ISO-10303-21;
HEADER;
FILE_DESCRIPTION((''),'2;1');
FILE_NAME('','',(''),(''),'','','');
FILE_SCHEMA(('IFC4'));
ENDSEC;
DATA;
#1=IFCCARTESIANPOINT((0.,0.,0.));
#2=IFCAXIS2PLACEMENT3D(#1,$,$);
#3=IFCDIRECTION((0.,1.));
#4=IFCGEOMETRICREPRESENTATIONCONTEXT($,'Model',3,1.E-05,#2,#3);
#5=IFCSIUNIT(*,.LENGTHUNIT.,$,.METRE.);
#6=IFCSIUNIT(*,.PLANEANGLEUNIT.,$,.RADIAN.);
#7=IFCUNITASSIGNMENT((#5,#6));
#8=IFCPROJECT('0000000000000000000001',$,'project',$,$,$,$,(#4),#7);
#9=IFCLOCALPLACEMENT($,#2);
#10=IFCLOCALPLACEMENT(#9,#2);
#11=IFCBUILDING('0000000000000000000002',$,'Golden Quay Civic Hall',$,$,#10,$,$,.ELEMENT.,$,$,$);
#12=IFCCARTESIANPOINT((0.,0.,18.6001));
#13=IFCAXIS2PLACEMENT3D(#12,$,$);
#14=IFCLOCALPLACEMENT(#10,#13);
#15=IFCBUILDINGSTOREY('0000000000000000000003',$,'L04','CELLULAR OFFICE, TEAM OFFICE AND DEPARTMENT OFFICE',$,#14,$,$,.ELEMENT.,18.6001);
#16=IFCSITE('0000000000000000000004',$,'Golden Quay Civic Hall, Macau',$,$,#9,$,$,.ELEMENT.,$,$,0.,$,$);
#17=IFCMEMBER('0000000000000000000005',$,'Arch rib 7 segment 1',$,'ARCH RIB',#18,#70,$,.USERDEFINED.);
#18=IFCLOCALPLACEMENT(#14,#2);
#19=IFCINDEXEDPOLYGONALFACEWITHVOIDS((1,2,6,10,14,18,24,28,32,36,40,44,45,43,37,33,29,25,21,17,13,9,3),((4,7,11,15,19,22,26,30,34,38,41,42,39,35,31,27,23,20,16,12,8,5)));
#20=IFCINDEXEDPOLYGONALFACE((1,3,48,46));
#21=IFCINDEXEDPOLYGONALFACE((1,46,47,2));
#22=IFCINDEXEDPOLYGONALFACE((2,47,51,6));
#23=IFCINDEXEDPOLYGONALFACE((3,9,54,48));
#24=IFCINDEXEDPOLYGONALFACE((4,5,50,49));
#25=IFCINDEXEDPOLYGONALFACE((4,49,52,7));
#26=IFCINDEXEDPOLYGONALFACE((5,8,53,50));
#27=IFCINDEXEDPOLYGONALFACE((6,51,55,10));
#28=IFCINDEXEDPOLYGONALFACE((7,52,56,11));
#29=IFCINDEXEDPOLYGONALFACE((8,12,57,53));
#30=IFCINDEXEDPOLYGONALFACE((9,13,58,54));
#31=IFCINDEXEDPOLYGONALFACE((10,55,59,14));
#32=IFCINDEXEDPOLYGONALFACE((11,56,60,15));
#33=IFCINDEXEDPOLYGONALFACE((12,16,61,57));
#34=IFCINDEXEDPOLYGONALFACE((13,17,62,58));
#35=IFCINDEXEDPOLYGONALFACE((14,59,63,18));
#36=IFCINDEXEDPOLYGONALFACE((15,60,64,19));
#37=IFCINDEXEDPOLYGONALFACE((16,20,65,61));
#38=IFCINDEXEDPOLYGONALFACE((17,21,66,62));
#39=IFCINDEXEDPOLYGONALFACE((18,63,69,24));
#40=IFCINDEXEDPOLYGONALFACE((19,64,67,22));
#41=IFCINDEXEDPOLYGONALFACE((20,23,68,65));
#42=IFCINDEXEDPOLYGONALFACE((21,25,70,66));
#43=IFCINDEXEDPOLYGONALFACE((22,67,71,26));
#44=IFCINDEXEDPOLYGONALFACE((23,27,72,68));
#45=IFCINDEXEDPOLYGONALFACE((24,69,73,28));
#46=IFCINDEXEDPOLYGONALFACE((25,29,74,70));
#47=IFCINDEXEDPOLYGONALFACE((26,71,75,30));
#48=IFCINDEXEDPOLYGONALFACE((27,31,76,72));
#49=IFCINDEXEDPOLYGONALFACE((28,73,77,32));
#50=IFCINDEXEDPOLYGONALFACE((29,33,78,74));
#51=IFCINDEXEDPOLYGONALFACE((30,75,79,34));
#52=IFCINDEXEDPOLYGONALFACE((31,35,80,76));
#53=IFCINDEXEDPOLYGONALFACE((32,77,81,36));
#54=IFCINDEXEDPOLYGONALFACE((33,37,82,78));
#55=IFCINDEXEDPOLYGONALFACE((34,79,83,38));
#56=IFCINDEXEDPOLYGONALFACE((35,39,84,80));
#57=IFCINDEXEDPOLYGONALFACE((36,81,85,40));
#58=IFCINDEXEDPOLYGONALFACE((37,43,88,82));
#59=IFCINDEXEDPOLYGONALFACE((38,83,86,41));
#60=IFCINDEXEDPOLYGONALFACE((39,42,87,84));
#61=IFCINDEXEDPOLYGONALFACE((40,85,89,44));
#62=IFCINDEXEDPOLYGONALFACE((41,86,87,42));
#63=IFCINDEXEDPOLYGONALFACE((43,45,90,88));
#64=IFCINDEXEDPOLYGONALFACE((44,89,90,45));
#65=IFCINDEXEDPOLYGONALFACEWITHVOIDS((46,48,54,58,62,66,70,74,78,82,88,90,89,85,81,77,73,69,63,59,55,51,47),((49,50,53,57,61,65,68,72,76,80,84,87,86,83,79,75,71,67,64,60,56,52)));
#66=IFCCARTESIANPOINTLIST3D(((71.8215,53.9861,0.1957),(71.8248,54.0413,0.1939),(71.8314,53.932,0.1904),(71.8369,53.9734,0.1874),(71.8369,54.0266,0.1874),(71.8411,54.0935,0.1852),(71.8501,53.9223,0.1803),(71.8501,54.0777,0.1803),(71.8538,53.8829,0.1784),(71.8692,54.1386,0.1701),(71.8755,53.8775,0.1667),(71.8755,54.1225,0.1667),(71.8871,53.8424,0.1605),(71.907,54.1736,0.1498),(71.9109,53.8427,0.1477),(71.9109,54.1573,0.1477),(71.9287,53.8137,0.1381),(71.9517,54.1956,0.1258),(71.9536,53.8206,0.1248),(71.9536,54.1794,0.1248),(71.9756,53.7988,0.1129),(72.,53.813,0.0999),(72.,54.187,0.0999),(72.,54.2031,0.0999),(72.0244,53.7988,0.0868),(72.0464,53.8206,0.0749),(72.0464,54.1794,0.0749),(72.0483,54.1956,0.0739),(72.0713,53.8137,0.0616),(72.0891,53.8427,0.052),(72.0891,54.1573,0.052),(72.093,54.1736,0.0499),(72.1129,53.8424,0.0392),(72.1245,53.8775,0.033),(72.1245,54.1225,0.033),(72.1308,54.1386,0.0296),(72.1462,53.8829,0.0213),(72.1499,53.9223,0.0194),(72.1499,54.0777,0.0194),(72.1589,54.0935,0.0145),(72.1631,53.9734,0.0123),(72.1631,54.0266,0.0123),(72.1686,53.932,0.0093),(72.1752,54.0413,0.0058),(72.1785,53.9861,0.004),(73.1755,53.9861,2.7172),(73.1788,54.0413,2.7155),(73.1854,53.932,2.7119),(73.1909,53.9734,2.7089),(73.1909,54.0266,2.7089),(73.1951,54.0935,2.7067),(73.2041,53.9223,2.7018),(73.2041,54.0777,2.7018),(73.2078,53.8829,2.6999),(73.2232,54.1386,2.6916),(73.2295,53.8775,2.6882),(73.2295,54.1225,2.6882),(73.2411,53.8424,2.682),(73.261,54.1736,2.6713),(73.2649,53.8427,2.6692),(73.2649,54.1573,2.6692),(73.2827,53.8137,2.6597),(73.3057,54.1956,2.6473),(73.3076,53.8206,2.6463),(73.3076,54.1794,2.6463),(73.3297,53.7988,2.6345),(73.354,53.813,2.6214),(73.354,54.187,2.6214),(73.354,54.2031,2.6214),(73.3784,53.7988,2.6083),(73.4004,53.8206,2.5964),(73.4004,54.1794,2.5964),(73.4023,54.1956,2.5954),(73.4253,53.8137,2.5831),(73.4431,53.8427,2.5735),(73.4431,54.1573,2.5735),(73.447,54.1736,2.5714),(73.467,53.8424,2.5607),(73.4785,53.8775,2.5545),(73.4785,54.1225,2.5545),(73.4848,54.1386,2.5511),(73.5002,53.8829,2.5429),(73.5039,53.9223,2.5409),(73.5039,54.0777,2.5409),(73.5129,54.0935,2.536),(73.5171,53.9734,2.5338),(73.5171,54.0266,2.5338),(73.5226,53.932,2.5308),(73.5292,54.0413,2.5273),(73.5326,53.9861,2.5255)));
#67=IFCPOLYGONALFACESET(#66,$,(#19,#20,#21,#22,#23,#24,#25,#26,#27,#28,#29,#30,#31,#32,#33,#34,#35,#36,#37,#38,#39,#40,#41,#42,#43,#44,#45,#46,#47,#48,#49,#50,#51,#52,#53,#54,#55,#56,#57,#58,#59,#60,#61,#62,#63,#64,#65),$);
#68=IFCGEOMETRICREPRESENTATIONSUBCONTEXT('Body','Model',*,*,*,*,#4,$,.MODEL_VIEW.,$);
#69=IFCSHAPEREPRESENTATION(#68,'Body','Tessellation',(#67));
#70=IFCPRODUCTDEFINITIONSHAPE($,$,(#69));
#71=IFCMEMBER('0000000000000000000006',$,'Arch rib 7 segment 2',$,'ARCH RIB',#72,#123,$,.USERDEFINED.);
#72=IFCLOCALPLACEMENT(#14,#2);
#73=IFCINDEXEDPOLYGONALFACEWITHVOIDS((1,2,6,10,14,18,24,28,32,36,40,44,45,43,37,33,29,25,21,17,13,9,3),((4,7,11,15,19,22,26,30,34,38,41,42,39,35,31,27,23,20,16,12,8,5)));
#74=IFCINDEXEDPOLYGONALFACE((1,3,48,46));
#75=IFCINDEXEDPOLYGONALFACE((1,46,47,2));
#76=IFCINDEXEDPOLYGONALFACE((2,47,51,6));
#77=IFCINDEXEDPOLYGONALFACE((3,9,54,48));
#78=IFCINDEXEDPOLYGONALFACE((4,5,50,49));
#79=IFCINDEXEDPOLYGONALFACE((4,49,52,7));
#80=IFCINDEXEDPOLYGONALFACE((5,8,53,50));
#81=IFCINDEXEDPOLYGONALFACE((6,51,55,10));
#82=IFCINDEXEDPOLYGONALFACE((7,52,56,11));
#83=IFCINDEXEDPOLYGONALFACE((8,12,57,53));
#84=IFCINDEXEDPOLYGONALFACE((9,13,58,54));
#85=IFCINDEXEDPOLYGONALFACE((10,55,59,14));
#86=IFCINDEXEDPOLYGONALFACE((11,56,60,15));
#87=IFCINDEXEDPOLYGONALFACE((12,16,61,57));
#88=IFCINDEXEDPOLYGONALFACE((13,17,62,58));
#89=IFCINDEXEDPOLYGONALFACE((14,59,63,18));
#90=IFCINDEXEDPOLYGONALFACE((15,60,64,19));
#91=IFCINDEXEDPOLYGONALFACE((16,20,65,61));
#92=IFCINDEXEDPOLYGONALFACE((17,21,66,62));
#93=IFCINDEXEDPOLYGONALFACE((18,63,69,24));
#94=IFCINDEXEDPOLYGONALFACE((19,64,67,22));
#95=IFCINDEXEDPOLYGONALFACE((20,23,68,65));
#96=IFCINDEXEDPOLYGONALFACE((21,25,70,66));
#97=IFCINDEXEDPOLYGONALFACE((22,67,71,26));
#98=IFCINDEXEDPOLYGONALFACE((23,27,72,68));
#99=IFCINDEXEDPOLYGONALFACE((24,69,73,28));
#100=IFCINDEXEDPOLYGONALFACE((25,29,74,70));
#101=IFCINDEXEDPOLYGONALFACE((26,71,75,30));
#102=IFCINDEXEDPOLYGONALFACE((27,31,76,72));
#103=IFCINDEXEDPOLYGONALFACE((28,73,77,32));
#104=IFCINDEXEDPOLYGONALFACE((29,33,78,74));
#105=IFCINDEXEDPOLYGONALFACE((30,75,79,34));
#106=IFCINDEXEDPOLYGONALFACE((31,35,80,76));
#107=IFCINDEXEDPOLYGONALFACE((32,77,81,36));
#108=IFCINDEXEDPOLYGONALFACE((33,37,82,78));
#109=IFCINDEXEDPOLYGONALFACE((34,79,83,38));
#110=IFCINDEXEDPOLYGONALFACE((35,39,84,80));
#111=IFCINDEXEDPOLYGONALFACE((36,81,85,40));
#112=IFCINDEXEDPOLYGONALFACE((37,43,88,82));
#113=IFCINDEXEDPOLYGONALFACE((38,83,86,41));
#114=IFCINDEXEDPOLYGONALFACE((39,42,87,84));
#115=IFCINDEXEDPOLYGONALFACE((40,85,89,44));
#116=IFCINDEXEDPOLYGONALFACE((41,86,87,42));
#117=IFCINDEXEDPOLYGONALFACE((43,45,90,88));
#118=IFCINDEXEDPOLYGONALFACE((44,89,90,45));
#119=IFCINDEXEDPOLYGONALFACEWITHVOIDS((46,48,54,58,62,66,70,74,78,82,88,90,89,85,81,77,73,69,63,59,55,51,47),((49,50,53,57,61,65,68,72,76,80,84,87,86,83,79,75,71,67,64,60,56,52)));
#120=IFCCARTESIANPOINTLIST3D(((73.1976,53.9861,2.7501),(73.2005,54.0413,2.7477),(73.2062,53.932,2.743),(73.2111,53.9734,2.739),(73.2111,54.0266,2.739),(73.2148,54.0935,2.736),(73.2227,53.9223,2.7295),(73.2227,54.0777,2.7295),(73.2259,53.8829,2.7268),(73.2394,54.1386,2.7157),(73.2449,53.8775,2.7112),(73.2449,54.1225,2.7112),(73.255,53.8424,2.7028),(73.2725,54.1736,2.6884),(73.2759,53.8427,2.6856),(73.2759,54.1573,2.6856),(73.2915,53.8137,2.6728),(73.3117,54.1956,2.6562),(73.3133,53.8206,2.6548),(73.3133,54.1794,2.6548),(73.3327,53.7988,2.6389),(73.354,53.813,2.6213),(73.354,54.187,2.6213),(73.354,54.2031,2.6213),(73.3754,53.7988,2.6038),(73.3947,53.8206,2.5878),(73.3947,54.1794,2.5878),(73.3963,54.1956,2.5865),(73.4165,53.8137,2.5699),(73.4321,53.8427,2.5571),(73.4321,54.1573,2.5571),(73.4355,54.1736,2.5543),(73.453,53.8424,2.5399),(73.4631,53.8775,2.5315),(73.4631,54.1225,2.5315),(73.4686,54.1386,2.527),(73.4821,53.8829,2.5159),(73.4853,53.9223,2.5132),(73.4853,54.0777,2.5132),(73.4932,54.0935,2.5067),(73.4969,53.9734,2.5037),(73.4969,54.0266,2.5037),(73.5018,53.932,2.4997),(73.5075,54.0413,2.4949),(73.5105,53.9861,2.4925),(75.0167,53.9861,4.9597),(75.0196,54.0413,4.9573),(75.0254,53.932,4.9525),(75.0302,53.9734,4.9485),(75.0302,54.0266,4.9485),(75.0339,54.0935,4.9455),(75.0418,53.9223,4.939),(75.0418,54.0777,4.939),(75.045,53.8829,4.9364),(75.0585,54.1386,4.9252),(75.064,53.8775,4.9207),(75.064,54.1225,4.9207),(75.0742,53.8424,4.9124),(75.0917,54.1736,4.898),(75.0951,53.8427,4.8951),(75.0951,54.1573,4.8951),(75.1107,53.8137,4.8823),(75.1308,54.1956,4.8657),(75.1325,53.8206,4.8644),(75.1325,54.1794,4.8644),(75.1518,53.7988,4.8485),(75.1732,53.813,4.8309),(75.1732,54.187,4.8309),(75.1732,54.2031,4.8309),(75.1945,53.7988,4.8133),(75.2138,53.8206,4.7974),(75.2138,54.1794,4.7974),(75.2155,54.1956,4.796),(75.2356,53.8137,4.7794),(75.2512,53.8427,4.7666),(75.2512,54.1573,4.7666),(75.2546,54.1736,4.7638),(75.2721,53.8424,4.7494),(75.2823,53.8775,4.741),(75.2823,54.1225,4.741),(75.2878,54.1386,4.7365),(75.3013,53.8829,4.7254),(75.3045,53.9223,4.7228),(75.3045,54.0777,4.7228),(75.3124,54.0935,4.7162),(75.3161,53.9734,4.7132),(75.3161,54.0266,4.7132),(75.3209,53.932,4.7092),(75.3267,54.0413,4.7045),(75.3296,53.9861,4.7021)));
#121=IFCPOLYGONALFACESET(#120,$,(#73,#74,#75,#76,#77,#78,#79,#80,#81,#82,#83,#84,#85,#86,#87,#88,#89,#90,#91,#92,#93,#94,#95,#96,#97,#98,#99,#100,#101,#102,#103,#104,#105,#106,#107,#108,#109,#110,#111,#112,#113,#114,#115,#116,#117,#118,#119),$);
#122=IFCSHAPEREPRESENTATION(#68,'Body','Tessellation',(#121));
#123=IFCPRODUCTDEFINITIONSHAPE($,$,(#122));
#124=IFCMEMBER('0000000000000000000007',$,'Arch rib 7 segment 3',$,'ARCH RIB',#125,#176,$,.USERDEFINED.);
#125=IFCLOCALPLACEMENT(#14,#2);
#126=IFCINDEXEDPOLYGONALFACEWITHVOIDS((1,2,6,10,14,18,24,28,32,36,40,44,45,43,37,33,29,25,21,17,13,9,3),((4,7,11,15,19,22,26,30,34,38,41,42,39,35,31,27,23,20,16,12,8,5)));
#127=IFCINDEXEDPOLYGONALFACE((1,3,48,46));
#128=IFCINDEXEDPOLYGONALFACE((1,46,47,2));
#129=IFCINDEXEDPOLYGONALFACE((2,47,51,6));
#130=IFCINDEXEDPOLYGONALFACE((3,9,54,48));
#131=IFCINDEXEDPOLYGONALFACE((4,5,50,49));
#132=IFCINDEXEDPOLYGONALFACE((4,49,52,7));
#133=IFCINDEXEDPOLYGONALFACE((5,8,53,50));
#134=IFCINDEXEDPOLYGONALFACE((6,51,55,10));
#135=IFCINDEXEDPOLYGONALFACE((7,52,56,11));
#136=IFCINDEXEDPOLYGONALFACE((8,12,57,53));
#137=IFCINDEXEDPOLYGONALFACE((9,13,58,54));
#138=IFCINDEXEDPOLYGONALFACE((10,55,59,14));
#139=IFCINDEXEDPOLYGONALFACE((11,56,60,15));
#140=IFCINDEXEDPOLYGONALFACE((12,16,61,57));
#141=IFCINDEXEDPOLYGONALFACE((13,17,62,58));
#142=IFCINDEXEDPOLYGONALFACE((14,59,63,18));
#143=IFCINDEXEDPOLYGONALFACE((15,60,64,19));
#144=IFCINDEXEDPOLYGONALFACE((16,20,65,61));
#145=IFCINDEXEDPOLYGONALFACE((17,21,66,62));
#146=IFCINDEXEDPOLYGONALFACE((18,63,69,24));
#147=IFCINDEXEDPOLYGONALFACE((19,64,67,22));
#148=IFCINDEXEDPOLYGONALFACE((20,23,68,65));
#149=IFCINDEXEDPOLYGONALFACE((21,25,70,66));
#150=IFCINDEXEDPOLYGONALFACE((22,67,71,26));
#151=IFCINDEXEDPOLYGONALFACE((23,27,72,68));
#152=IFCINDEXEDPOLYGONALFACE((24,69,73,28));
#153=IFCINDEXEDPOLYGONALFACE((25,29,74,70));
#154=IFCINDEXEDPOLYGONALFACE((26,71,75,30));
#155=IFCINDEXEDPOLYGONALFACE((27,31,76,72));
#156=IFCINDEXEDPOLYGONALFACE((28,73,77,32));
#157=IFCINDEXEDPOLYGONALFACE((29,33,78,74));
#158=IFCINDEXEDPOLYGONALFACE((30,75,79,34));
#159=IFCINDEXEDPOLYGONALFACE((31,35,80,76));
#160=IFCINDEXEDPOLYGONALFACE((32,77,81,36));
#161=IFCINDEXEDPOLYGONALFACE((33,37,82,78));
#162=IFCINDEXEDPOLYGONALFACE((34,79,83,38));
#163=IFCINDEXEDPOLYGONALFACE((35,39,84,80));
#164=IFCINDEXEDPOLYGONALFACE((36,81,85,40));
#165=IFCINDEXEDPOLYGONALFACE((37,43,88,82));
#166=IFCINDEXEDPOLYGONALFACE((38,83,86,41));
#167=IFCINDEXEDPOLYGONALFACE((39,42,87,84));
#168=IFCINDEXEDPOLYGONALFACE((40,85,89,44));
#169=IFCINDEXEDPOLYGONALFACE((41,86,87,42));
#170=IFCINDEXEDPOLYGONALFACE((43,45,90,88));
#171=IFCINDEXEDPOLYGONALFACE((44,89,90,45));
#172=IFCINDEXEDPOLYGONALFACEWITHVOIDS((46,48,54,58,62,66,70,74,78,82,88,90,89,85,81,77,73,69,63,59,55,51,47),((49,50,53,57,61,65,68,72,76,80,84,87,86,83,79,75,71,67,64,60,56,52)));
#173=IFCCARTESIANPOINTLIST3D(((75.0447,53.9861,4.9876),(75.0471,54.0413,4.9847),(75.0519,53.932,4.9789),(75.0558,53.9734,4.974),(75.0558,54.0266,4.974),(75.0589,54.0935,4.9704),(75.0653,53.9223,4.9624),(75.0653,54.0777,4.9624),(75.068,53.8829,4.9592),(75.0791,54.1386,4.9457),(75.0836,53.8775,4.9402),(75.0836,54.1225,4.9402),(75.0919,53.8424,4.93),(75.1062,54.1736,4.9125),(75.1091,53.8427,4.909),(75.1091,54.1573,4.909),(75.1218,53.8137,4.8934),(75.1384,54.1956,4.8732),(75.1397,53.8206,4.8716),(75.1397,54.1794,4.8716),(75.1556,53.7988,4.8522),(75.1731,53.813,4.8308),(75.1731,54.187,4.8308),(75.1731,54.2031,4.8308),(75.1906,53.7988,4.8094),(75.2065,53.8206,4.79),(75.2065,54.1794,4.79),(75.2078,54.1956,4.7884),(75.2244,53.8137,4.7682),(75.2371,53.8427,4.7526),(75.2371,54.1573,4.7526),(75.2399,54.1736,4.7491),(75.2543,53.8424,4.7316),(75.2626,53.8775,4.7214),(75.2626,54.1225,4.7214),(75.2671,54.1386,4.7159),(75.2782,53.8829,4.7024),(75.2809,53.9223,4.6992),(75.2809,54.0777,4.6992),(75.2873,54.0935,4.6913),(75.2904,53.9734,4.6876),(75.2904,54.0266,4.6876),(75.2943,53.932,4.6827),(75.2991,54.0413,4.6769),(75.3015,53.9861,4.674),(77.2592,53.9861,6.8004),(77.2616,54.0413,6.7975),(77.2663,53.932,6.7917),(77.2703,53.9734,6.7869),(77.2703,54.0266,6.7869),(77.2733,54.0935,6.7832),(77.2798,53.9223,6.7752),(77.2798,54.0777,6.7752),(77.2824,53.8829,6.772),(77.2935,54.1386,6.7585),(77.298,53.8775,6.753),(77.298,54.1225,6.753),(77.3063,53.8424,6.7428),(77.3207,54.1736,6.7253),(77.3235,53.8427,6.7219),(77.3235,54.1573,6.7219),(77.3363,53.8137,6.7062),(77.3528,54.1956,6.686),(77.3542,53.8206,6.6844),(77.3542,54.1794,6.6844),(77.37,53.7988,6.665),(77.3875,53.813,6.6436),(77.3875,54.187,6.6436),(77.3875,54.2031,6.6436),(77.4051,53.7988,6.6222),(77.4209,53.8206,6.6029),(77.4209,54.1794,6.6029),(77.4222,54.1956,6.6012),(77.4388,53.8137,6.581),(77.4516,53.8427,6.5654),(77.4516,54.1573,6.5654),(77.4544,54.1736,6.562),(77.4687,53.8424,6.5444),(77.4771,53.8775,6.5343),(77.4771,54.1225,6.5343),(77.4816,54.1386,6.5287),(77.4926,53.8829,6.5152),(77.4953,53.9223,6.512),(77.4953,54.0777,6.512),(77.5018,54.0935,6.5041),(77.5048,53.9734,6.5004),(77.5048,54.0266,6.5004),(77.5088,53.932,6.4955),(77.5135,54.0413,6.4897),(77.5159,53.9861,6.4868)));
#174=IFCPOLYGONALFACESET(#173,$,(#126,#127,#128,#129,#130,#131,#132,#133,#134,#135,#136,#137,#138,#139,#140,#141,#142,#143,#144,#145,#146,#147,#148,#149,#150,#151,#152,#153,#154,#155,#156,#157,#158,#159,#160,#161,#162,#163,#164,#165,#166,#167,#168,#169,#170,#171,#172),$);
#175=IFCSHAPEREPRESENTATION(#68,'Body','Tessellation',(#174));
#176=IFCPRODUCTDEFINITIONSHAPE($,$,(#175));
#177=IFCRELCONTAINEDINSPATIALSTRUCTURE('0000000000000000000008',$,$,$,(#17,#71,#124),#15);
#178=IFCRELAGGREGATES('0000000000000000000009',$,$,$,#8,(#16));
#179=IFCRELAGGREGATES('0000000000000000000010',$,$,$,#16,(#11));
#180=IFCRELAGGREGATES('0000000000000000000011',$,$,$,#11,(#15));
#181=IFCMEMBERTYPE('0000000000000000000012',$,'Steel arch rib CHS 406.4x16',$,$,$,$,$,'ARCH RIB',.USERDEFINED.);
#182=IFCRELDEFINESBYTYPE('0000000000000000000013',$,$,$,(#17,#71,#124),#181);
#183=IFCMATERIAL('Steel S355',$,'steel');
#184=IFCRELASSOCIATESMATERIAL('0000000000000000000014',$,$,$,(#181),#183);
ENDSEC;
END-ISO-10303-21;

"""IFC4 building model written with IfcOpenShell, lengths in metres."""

from ifc_helpers import new_model, si_unit, direction, frame, origin, origin_2d, place, context, subcontext, project, spatial, hollow_circle, extrude, material, material_profile, profile_set, type_object, element, save


model = new_model("IFC4")

# Units and contexts
model_context = context("Model", 3, precision=1e-05, world=origin(), true_north=direction((0.0, 1.0)))
body_context = subcontext(model_context, "Body", "Model", "MODEL_VIEW")
ifc_project = project(units=[si_unit("LENGTHUNIT", "METRE"), si_unit("PLANEANGLEUNIT", "RADIAN")], contexts=[model_context])

# Site, building, storey
site_placement = place(None, origin())
site = spatial("IfcSite", under=ifc_project, at=site_placement, Name="Golden Quay Civic Hall, Macau", CompositionType="ELEMENT", RefElevation=0.0)
building_placement = place(site_placement, origin())
building = spatial("IfcBuilding", under=site, at=building_placement, Name="Golden Quay Civic Hall", CompositionType="ELEMENT")
storey_placement = place(building_placement, frame((0.0, 0.0, 18.6001)))
storey = spatial("IfcBuildingStorey", under=building, at=storey_placement, Name="L04", Description="CELLULAR OFFICE, TEAM OFFICE AND DEPARTMENT OFFICE", CompositionType="ELEMENT", Elevation=18.6001)

# Members
ifc_material_1 = material(Name="Steel S355", Category="steel")
ifc_material_profile_1 = material_profile(ifc_material_1, hollow_circle(Radius=0.2031, WallThickness=0.0161, at=origin_2d()), Name="CHS 406.4x16")
ifc_profile_set_1 = profile_set([ifc_material_profile_1], Name="Steel S355")
member_type_1 = type_object("IfcMemberType", Name="Steel arch rib CHS 406.4x16", ElementType="ARCH RIB", PredefinedType="USERDEFINED", material=ifc_profile_set_1)
for number, where, z_axis, x_axis, name in (
    (1, (72.0, 54.0, 0.0999), (0.473092, 0.0, 0.881013), (0.0, 1.0, 0.0), "Arch rib 7 segment 1"),
    (2, (73.354, 54.0, 2.6213), (0.635609, 0.0, 0.772011), (0.0, 1.0, 0.0), "Arch rib 7 segment 2"),
):
    element("IfcMember", number, at=place(storey_placement, frame(where, z_axis=z_axis, x_axis=x_axis)), inside=storey, type_object=member_type_1, Name=name, ObjectType="ARCH RIB", PredefinedType="USERDEFINED", context=body_context, shape_type="SweptSolid", body=[
        extrude(hollow_circle(Radius=0.2031, WallThickness=0.0161, at=origin_2d()), origin(), (0.0, 0.0, 1.0), 2.8621),
    ])
for number, where, z_axis, x_axis, name in (
    (3, (75.1731, 54.0, 4.8308), (0.773786, 0.0, 0.633447), (0.0, 1.0, 0.0), "Arch rib 7 segment 3"),
):
    element("IfcMember", number, at=place(storey_placement, frame(where, z_axis=z_axis, x_axis=x_axis)), inside=storey, type_object=member_type_1, Name=name, ObjectType="ARCH RIB", PredefinedType="USERDEFINED", context=body_context, shape_type="SweptSolid", body=[
        extrude(hollow_circle(Radius=0.2031, WallThickness=0.0161, at=origin_2d()), origin(), (0.0, 0.0, 1.0), 2.8618),
    ])

save(model, "model.ifc")
